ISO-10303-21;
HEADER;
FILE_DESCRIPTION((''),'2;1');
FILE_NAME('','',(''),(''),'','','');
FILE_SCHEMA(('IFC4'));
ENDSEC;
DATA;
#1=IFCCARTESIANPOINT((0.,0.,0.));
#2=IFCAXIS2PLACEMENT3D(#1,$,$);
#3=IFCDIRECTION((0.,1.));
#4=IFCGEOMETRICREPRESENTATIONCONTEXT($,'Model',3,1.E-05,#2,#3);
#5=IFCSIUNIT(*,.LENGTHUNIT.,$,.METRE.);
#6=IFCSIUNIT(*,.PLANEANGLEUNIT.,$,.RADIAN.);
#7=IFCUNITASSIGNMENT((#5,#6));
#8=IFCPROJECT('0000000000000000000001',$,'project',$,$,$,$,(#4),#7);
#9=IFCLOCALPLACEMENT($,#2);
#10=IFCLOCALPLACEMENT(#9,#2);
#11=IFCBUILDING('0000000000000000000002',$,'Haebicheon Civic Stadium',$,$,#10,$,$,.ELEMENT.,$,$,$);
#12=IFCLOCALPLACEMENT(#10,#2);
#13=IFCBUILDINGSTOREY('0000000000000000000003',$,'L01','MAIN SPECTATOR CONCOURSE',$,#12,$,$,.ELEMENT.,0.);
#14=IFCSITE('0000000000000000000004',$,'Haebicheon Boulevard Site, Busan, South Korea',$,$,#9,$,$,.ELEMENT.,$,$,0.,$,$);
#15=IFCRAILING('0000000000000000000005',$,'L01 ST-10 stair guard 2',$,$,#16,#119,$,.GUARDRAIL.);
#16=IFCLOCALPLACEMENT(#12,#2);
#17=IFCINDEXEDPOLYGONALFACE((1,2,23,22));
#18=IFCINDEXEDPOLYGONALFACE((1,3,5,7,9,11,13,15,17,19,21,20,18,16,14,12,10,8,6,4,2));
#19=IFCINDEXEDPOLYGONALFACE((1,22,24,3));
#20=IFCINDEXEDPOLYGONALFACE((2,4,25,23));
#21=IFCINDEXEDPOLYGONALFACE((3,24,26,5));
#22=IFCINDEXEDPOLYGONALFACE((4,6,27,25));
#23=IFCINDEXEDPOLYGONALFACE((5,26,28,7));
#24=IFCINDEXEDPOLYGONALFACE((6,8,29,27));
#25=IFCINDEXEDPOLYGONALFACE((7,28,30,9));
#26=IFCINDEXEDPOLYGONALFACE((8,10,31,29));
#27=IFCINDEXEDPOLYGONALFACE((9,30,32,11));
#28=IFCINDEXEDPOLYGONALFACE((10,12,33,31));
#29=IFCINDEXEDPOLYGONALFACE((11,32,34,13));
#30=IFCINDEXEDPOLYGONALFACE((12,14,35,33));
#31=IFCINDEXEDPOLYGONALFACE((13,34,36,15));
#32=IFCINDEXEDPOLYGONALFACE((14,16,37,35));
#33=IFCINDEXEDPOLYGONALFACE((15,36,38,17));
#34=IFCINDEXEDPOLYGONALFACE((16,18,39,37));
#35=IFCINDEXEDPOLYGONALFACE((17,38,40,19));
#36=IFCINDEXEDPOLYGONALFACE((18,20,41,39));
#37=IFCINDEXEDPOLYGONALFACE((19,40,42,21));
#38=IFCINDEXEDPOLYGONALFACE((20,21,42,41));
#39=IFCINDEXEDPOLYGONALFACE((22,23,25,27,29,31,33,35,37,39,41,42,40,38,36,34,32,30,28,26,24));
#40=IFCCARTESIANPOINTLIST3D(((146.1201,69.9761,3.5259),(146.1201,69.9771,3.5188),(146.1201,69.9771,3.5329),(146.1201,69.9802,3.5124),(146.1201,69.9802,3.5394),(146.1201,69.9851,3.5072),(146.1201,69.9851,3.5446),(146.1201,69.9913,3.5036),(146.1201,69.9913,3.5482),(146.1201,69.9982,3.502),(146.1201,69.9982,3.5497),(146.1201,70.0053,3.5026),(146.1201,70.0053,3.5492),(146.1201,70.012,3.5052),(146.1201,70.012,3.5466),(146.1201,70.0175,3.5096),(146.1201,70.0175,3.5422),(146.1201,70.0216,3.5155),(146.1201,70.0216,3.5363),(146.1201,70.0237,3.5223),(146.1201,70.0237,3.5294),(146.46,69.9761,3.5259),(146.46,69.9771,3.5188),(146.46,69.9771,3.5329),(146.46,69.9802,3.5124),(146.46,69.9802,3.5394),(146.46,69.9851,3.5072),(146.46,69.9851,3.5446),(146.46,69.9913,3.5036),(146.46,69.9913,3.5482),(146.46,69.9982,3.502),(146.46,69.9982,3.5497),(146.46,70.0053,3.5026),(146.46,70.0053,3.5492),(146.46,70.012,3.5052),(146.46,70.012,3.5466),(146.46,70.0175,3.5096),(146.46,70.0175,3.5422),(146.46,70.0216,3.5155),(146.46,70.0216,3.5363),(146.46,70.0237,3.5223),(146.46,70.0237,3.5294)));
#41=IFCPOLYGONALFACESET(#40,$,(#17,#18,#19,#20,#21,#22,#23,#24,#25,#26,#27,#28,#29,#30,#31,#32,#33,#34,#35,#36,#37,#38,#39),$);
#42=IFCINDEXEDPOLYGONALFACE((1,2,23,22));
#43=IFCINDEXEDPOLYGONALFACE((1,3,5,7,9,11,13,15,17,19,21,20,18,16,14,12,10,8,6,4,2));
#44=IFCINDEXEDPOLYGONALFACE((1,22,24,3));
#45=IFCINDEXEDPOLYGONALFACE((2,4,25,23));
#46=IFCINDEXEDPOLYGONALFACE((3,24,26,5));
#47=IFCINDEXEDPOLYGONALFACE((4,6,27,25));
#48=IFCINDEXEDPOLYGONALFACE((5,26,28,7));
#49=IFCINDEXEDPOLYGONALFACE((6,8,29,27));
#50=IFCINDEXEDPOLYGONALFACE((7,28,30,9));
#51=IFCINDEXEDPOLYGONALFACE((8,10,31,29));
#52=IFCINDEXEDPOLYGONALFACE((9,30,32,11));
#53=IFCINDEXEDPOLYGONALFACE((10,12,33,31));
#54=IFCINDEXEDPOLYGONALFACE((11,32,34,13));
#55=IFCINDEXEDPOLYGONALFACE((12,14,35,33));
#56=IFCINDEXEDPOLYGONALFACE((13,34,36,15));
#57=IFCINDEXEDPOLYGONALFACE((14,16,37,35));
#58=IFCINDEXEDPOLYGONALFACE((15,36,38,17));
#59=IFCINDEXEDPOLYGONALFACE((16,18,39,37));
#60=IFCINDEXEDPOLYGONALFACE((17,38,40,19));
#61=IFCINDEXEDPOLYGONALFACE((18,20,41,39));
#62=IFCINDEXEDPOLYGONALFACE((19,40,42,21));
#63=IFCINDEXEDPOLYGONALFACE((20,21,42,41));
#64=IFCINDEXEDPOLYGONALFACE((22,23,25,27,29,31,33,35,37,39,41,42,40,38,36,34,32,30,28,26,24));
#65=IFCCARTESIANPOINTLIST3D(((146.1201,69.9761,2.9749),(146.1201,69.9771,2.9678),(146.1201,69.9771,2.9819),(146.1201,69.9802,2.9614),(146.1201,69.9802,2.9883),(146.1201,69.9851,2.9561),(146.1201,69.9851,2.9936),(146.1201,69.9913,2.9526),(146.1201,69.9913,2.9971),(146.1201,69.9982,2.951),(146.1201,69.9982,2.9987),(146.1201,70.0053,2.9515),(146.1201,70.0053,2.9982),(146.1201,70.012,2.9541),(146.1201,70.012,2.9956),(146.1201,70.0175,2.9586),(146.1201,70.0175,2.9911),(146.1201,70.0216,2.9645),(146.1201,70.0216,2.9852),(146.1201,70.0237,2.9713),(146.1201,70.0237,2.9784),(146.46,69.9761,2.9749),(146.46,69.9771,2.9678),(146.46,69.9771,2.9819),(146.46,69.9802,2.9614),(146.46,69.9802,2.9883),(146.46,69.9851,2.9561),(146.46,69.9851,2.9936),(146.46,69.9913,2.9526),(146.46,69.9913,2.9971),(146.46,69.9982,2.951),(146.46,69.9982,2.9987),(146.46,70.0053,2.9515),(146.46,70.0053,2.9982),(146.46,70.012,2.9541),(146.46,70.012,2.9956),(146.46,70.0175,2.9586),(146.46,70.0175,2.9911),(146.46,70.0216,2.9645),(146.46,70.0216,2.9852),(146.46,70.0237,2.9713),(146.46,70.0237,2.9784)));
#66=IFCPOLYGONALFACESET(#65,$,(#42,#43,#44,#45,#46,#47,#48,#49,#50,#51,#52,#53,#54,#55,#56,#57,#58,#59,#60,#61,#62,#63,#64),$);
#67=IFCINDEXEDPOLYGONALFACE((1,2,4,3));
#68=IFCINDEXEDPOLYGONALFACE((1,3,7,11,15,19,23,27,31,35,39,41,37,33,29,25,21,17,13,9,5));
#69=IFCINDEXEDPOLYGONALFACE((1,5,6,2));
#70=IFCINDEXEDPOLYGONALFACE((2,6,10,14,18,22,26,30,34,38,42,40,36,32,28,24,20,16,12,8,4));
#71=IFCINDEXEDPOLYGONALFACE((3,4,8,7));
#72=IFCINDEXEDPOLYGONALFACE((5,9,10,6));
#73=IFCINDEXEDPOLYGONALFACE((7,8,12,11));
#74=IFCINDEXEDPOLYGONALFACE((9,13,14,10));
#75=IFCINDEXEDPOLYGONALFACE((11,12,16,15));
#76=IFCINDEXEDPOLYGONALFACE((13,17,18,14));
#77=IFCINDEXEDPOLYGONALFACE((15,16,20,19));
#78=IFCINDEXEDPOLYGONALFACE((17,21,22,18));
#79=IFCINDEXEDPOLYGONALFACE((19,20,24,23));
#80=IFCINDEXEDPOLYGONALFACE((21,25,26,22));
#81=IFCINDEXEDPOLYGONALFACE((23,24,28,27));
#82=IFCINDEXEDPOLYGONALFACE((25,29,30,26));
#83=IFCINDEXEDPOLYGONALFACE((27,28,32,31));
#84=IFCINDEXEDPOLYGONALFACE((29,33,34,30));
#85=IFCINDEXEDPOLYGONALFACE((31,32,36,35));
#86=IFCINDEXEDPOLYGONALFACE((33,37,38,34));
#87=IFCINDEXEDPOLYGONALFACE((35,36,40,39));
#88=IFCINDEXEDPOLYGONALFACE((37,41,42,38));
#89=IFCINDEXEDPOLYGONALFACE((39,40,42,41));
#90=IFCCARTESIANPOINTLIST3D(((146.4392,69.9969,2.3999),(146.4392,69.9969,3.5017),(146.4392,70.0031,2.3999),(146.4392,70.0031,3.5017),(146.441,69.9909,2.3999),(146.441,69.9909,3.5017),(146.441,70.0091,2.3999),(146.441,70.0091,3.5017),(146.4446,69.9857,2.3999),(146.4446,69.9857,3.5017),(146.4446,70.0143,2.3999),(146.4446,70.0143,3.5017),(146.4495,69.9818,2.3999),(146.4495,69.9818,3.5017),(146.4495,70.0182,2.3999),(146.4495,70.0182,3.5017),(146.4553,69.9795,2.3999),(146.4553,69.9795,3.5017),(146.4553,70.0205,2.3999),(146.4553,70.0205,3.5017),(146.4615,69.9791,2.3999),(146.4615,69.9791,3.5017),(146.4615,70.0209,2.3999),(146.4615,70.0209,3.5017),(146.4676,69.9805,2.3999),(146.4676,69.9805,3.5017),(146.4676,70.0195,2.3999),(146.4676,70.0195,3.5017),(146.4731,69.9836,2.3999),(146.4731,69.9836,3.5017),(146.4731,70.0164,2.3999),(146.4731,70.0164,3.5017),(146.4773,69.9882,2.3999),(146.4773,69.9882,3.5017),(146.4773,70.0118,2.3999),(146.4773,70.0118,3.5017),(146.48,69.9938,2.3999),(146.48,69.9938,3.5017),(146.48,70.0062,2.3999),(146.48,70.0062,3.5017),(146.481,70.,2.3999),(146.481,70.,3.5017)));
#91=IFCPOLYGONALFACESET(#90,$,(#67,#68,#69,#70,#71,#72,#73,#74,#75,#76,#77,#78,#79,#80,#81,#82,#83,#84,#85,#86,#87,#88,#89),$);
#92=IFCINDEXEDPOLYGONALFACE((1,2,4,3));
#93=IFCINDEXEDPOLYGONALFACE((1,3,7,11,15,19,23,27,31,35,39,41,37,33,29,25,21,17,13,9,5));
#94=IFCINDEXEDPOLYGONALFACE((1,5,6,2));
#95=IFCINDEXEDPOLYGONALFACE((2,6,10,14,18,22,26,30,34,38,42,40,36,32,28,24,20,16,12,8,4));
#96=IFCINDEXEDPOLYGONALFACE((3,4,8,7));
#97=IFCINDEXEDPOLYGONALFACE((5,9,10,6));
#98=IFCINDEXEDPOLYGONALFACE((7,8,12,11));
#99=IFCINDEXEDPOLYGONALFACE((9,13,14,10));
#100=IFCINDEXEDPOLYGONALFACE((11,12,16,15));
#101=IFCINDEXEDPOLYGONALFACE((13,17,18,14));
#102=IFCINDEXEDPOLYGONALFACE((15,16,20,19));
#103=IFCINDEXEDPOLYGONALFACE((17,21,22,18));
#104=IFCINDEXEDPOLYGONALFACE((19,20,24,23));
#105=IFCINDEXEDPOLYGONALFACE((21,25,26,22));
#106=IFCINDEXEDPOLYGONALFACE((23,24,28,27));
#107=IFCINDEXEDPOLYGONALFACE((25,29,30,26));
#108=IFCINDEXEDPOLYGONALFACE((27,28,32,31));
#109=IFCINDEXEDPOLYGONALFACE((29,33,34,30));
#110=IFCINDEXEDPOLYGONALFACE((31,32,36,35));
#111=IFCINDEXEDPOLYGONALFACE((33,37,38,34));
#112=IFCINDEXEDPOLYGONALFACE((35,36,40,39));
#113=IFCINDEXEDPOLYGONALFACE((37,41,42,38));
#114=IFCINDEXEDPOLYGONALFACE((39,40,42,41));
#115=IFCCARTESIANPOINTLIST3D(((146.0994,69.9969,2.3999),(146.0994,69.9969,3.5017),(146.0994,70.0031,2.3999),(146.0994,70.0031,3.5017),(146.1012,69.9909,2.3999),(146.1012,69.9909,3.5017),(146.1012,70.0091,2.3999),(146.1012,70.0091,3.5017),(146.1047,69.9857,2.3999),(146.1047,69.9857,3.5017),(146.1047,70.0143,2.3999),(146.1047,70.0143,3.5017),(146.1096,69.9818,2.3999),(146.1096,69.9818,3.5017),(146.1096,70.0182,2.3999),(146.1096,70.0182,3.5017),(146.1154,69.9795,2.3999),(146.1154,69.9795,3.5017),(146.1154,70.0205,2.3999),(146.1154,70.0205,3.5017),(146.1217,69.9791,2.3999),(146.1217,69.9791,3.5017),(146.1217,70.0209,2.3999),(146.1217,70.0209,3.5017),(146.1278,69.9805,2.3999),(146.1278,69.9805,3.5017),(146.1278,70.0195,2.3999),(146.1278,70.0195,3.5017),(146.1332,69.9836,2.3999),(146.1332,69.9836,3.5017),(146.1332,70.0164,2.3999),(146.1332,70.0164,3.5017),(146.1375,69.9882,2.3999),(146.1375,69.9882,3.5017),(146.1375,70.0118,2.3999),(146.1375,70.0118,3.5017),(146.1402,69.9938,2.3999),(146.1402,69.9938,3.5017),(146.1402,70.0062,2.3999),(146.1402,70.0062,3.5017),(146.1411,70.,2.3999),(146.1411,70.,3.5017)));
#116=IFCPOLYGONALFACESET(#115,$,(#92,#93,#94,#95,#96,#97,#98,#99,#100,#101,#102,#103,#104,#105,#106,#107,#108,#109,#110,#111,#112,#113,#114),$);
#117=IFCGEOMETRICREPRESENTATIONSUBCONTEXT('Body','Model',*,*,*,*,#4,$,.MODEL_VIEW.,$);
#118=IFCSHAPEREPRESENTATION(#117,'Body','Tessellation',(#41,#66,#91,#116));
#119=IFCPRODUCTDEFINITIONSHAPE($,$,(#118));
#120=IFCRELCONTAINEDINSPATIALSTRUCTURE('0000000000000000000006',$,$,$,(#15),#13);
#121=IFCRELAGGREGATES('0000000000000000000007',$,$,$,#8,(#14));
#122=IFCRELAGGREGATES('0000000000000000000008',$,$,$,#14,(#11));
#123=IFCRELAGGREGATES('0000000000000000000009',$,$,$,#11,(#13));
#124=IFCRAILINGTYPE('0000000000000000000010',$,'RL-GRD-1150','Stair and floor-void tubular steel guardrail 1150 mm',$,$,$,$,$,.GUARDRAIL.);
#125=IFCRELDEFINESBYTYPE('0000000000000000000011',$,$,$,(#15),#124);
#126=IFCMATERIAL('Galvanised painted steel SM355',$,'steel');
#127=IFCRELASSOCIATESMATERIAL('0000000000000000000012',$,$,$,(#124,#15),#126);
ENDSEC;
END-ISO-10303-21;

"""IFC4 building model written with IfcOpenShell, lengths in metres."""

from ifc_helpers import new_model, si_unit, direction, frame, origin, origin_2d, place, context, subcontext, project, spatial, circle, extrude, material, type_object, element, save


model = new_model("IFC4")

# Units and contexts
model_context = context("Model", 3, precision=1e-05, world=origin(), true_north=direction((0.0, 1.0)))
body_context = subcontext(model_context, "Body", "Model", "MODEL_VIEW")
ifc_project = project(units=[si_unit("LENGTHUNIT", "METRE"), si_unit("PLANEANGLEUNIT", "RADIAN")], contexts=[model_context])

# Site, building, storey
site_placement = place(None, origin())
site = spatial("IfcSite", under=ifc_project, at=site_placement, Name="Haebicheon Boulevard Site, Busan, South Korea", CompositionType="ELEMENT", RefElevation=0.0)
building_placement = place(site_placement, origin())
building = spatial("IfcBuilding", under=site, at=building_placement, Name="Haebicheon Civic Stadium", CompositionType="ELEMENT")
storey_placement = place(building_placement, origin())
storey = spatial("IfcBuildingStorey", under=building, at=storey_placement, Name="L01", Description="MAIN SPECTATOR CONCOURSE", CompositionType="ELEMENT", Elevation=0.0)

# Railing
ifc_material_1 = material(Name="Galvanised painted steel SM355", Category="steel")
railing_type_1 = type_object("IfcRailingType", Name="RL-GRD-1150", Description="Stair and floor-void tubular steel guardrail 1150 mm", PredefinedType="GUARDRAIL", material=ifc_material_1)
railing_1_placement = place(storey_placement, frame((146.46, 70.0, 2.3999)))
element("IfcRailing", 1, at=railing_1_placement, inside=storey, type_object=railing_type_1, material=ifc_material_1, Name="L01 ST-10 stair guard 2", PredefinedType="GUARDRAIL", context=body_context, shape_type="SweptSolid", body=[
    extrude(circle(Radius=0.0239, at=origin_2d()), frame((0.0, 0.0, 1.126), z_axis=(-1.0, 0.0, 0.0), x_axis=(0.0, -1.0, 0.0)), (0.0, 0.0, 1.0), 0.3398),
    extrude(circle(Radius=0.0239, at=origin_2d()), frame((0.0, 0.0, 0.575), z_axis=(-1.0, 0.0, 0.0), x_axis=(0.0, -1.0, 0.0)), (0.0, 0.0, 1.0), 0.3398),
    extrude(circle(Radius=0.021, at=origin_2d()), origin(), (0.0, 0.0, 1.0), 1.1018),
    extrude(circle(Radius=0.021, at=origin_2d()), frame((-0.3398, 0.0, 0.0)), (0.0, 0.0, 1.0), 1.1018),
])

save(model, "model.ifc")
